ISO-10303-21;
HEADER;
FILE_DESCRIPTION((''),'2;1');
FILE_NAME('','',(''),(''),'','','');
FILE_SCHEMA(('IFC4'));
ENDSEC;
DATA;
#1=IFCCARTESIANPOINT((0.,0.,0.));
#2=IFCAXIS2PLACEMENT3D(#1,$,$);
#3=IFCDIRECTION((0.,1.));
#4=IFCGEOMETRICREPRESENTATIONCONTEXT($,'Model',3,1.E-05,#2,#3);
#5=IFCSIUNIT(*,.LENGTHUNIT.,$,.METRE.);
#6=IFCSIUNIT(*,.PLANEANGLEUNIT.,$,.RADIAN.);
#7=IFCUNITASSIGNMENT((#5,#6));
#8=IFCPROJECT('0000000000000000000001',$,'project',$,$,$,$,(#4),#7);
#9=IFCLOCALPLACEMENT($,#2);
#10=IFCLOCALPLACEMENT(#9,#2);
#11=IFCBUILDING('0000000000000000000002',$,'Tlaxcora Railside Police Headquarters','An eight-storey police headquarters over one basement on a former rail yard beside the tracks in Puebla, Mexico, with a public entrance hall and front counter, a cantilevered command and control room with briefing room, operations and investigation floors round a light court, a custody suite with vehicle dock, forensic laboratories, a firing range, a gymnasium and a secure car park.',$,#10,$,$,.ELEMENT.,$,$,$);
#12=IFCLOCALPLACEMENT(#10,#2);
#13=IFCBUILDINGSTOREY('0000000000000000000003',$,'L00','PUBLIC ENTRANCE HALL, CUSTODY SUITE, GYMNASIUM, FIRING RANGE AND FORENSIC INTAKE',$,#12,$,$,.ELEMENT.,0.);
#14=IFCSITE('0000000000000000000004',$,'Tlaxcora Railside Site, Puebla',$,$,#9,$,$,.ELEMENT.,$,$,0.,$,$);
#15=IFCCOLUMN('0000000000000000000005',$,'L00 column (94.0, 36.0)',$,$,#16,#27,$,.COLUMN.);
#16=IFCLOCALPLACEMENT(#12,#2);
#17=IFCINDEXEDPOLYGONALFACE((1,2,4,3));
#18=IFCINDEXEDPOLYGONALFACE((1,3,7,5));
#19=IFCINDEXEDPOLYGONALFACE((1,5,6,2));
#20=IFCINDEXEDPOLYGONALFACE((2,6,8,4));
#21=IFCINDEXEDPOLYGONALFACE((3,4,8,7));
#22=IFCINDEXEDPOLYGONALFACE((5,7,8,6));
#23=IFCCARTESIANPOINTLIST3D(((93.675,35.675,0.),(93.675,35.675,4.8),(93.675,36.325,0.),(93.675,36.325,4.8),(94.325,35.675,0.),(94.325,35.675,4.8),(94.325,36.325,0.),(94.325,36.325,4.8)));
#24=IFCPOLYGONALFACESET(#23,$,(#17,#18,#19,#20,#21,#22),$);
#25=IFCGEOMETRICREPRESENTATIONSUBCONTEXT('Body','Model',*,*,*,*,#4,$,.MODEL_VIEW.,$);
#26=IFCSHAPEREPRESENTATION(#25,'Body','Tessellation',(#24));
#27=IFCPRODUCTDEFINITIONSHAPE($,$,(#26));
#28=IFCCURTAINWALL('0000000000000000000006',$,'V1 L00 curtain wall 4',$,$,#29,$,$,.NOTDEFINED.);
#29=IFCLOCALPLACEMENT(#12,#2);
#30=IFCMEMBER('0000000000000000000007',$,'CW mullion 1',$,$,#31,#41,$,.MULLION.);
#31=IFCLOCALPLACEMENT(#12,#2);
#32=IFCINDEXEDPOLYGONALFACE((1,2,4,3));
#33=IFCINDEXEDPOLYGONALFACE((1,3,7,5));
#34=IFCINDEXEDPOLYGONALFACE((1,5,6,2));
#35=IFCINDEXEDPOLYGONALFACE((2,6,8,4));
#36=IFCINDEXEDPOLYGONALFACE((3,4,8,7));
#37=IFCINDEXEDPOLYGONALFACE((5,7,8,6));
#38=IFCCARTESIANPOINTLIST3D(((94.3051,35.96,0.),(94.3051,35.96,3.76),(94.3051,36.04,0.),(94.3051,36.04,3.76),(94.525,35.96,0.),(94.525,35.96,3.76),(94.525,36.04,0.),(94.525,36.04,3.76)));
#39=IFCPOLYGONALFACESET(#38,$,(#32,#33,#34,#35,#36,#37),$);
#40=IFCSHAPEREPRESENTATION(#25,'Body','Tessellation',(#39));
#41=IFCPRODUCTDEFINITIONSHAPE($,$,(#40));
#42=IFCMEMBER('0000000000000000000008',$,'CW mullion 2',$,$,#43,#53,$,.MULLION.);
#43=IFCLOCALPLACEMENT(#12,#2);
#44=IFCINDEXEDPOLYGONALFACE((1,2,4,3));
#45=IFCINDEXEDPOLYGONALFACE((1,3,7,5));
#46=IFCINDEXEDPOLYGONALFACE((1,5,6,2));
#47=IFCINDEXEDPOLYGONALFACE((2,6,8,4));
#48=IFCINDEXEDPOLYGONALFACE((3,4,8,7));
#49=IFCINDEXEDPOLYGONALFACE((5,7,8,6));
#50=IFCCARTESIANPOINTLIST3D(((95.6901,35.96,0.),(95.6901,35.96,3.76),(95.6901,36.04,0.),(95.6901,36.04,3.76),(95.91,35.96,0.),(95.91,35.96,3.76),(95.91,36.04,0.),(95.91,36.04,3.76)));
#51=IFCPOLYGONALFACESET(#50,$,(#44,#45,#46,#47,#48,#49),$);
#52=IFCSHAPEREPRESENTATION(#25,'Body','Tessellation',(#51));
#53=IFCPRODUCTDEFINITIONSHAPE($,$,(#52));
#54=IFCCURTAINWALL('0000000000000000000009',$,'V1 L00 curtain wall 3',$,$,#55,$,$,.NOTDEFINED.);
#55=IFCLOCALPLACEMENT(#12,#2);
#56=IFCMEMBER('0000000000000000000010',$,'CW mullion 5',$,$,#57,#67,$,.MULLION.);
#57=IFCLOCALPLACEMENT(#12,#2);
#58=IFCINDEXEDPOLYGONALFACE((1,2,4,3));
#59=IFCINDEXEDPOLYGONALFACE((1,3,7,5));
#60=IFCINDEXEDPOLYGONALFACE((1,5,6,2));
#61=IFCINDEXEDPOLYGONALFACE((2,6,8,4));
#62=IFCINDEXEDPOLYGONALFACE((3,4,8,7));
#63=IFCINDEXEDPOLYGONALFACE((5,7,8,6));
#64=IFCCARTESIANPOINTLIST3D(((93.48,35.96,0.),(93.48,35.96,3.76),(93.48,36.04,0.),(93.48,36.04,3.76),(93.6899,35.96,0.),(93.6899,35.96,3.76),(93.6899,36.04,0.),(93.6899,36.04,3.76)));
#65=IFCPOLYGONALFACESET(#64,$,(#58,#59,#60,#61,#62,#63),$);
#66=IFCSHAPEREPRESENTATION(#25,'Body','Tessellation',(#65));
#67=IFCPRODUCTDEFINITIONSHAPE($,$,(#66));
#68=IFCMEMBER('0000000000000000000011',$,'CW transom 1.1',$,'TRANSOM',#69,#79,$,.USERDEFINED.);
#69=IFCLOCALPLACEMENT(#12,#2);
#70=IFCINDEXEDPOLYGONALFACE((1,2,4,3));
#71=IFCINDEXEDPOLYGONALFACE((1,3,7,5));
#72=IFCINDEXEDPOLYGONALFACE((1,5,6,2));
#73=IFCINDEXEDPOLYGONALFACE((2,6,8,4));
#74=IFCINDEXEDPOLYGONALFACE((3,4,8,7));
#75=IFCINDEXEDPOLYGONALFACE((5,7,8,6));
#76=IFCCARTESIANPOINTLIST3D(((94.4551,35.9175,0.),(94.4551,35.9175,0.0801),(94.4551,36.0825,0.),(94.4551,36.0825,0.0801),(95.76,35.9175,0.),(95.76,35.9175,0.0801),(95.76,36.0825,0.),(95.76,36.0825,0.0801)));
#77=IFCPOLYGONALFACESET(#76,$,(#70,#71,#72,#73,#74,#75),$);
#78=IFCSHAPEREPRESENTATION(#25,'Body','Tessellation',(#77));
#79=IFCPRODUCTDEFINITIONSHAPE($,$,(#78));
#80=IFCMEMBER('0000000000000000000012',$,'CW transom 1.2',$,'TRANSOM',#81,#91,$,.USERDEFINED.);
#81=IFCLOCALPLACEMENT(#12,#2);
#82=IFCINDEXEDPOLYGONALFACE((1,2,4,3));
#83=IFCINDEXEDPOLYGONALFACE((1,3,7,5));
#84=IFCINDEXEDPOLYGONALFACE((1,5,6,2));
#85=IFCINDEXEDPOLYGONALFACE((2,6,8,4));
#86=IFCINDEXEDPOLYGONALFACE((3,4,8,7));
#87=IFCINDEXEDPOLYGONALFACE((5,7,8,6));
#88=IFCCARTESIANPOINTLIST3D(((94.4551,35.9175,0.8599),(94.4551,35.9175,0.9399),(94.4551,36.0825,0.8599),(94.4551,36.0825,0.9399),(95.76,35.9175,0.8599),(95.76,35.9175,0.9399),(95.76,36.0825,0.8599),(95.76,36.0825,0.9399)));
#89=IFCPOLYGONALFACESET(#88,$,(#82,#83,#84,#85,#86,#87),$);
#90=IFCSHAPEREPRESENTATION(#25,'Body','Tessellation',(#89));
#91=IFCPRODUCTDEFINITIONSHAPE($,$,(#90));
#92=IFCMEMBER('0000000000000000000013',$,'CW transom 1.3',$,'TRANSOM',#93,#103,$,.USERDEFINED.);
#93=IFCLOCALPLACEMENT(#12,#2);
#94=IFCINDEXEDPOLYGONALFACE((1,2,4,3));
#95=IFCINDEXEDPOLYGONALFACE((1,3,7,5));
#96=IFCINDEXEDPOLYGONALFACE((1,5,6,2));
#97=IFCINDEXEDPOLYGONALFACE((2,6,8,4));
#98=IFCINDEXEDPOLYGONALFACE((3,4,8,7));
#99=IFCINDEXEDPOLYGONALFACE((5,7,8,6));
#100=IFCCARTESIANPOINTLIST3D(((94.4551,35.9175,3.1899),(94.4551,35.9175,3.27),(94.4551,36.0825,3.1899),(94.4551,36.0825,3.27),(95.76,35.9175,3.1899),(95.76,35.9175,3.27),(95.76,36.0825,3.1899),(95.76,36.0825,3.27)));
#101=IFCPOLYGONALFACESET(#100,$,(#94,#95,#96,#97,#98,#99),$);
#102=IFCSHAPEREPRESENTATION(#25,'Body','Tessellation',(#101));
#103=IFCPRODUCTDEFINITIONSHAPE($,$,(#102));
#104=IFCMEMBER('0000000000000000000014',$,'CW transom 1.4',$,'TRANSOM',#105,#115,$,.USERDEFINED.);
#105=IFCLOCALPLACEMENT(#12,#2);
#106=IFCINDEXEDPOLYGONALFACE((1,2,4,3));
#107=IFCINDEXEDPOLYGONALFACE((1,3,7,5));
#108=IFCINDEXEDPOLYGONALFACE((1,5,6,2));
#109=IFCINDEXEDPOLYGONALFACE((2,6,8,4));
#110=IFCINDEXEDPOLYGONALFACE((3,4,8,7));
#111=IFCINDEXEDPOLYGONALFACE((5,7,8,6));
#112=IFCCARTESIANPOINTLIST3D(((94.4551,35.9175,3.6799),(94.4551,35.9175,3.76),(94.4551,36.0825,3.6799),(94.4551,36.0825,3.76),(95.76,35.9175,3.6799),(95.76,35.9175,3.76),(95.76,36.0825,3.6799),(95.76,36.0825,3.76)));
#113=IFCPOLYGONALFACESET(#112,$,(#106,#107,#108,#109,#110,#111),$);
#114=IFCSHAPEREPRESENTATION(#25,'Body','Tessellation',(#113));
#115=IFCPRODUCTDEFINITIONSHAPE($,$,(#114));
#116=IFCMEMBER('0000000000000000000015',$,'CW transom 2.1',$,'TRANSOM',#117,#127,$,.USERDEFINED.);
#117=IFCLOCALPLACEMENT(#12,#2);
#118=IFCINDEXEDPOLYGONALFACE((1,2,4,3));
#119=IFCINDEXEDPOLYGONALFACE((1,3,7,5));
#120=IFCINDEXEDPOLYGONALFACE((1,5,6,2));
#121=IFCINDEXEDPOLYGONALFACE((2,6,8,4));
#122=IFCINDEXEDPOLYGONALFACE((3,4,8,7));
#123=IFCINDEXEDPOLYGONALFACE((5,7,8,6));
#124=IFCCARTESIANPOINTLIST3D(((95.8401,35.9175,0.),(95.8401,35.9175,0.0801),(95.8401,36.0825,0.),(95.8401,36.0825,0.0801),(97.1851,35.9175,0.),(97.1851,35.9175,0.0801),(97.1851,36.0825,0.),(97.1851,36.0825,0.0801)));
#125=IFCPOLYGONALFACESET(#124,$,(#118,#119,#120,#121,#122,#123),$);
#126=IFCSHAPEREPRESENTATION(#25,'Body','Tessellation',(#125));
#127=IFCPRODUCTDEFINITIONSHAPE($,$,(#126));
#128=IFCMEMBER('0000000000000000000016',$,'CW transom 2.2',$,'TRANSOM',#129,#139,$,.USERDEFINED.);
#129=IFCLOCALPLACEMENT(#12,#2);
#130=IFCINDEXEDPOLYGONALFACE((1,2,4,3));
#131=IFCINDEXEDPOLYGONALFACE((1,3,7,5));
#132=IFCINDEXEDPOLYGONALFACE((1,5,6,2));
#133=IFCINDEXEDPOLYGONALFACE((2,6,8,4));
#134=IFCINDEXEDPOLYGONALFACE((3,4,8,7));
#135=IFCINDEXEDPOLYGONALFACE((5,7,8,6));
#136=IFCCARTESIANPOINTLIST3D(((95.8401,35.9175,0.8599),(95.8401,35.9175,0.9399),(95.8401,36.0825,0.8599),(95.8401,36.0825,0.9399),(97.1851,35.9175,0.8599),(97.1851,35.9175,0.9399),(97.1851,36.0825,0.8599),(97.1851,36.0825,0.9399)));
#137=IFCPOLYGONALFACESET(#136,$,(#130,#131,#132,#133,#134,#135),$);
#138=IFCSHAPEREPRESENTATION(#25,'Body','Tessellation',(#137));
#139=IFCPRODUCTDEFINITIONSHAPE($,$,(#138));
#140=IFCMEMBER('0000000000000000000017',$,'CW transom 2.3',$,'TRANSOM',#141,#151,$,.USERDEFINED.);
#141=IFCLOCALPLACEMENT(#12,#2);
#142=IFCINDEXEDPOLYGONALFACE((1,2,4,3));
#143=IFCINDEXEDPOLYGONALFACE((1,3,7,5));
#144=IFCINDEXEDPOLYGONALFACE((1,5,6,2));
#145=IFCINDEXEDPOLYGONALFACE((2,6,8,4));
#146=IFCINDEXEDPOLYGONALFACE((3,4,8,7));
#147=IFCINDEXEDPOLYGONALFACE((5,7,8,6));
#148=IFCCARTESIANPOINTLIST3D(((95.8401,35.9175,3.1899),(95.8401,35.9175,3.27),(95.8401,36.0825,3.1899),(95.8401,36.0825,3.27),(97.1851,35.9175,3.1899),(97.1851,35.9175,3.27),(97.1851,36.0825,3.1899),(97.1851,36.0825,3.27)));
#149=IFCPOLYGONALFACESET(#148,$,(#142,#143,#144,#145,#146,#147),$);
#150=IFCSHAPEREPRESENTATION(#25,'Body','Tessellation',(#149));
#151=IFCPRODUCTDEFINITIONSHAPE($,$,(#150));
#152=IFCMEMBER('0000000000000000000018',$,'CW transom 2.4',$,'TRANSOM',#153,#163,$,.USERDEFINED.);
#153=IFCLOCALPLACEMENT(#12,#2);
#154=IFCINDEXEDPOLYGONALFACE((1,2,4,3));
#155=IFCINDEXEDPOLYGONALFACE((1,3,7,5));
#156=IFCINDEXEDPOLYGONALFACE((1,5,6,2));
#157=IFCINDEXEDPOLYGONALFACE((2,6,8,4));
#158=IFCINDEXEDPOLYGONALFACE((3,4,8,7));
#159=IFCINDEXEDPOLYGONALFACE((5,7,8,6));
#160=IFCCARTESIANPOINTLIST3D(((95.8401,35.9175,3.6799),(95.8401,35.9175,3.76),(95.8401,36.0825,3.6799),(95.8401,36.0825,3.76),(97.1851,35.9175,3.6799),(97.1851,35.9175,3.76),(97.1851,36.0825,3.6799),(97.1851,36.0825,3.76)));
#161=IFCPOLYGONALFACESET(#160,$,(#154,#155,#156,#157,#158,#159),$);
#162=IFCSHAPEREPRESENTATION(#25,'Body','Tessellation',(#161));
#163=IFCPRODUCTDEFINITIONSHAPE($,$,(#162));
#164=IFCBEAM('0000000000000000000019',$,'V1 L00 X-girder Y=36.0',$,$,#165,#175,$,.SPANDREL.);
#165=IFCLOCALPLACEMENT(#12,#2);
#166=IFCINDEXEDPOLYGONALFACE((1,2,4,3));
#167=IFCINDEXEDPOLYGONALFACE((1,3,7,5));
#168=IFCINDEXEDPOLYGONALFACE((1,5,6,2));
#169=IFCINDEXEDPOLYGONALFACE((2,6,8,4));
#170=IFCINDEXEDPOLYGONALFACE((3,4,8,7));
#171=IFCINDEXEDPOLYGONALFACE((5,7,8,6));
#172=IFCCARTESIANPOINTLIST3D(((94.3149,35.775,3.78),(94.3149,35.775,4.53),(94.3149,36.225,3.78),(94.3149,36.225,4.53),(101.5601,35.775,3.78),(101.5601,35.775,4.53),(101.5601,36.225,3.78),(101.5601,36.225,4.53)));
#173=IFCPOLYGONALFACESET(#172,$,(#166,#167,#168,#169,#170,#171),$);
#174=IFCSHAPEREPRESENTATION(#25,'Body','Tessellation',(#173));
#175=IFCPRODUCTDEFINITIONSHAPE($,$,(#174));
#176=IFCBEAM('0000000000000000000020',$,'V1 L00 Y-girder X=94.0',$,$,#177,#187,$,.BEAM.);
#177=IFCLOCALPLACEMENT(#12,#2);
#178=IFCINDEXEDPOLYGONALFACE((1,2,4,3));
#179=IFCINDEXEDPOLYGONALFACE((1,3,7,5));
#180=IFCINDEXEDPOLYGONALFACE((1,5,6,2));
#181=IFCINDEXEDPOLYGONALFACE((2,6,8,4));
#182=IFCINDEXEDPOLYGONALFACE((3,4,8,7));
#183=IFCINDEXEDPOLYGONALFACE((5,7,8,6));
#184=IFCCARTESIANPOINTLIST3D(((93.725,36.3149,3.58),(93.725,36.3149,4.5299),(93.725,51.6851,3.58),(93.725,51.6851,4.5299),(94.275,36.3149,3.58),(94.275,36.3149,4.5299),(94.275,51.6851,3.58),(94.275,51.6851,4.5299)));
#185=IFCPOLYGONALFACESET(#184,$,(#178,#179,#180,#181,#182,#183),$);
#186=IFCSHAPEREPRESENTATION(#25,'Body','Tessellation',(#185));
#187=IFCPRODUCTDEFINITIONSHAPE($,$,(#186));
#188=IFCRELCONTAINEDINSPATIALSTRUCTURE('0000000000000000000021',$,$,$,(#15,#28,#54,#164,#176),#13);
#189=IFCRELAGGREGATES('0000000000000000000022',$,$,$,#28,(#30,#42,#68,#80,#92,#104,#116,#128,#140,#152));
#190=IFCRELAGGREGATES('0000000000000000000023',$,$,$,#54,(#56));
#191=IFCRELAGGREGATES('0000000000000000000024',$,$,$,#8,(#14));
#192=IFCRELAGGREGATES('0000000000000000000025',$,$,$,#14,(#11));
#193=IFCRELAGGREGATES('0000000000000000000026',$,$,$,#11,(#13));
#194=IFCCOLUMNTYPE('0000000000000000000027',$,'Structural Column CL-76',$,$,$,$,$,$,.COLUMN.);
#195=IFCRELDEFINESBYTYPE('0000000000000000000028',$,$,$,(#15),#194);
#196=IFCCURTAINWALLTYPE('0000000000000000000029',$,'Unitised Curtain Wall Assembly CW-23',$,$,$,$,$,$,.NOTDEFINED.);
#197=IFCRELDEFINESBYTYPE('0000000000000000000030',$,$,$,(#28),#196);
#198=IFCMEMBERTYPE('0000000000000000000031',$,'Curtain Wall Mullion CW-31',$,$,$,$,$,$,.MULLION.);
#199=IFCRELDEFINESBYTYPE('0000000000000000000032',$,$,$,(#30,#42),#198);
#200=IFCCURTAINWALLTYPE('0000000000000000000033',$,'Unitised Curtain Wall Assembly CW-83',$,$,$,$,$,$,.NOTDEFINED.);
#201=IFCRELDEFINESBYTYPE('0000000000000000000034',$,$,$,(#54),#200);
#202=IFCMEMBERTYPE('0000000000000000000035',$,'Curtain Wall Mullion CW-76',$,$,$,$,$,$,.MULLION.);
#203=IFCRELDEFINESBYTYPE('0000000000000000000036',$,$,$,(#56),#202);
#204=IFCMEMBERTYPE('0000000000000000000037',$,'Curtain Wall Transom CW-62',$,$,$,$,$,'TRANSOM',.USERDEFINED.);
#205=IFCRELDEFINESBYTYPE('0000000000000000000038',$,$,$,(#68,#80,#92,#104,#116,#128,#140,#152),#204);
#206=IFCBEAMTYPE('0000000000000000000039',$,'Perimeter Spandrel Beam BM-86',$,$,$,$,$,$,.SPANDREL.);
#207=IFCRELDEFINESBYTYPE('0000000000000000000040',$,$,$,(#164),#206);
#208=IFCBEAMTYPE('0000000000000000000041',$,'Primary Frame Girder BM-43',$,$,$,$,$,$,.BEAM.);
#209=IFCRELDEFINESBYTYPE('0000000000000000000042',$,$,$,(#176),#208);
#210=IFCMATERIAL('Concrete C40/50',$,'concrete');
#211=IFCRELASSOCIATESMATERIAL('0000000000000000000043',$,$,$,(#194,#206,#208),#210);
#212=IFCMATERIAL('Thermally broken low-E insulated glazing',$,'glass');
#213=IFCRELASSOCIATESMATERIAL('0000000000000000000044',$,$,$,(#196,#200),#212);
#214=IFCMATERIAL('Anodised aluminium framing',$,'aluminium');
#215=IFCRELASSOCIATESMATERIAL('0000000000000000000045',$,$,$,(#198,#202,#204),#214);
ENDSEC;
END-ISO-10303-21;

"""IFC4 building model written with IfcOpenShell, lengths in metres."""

from ifc_helpers import new_model, si_unit, direction, frame, origin, origin_2d, place, context, subcontext, project, spatial, rectangle, extrude, material, material_profile, profile_set, type_object, element, aggregate, save


model = new_model("IFC4")

# Units and contexts
model_context = context("Model", 3, precision=1e-05, world=origin(), true_north=direction((0.0, 1.0)))
body_context = subcontext(model_context, "Body", "Model", "MODEL_VIEW")
ifc_project = project(units=[si_unit("LENGTHUNIT", "METRE"), si_unit("PLANEANGLEUNIT", "RADIAN")], contexts=[model_context])

# Site, building, storey
site_placement = place(None, origin())
site = spatial("IfcSite", under=ifc_project, at=site_placement, Name="Tlaxcora Railside Site, Puebla", CompositionType="ELEMENT", RefElevation=0.0)
building_placement = place(site_placement, origin())
building = spatial("IfcBuilding", under=site, at=building_placement, Name="Tlaxcora Railside Police Headquarters", Description="An eight-storey police headquarters over one basement on a former rail yard beside the tracks in Puebla, Mexico, with a public entrance hall and front counter, a cantilevered command and control room with briefing room, operations and investigation floors round a light court, a custody suite with vehicle dock, forensic laboratories, a firing range, a gymnasium and a secure car park.", CompositionType="ELEMENT")
storey_placement = place(building_placement, origin())
storey = spatial("IfcBuildingStorey", under=building, at=storey_placement, Name="L00", Description="PUBLIC ENTRANCE HALL, CUSTODY SUITE, GYMNASIUM, FIRING RANGE AND FORENSIC INTAKE", CompositionType="ELEMENT", Elevation=0.0)

# Column
ifc_material_1 = material(Name="Concrete C40/50", Category="concrete")
ifc_material_profile_1 = material_profile(ifc_material_1, rectangle(XDim=0.6499, YDim=0.6499, at=origin_2d()), Name="RC650X650")
ifc_profile_set_1 = profile_set([ifc_material_profile_1], Name="Concrete C40/50")
column_type = type_object("IfcColumnType", Name="Structural Column CL-76", PredefinedType="COLUMN", material=ifc_profile_set_1)
column_placement = place(storey_placement, frame((94.0, 36.0, 0.0), z_axis=(0.0, 0.0, 1.0), x_axis=(1.0, 0.0, 0.0)))
element("IfcColumn", 1, at=column_placement, inside=storey, type_object=column_type, Name="L00 column (94.0, 36.0)", PredefinedType="COLUMN", context=body_context, shape_type="SweptSolid", body=[
    extrude(rectangle(XDim=0.6499, YDim=0.6499, at=origin_2d()), origin(), (0.0, 0.0, 1.0), 4.8),
])

# Curtain wall, members
ifc_material_2 = material(Name="Thermally broken low-E insulated glazing", Category="glass")
curtain_wall_type_1 = type_object("IfcCurtainWallType", Name="Unitised Curtain Wall Assembly CW-23", PredefinedType="NOTDEFINED", material=ifc_material_2)
curtain_wall_1_placement = place(storey_placement, origin())
curtain_wall_1 = element("IfcCurtainWall", 2, at=curtain_wall_1_placement, inside=storey, type_object=curtain_wall_type_1, Name="V1 L00 curtain wall 4", PredefinedType="NOTDEFINED")
ifc_material_3 = material(Name="Anodised aluminium framing", Category="aluminium")
ifc_material_profile_2 = material_profile(ifc_material_3, rectangle(XDim=0.0801, YDim=0.22, at=origin_2d()), Name="AL80X220")
ifc_profile_set_2 = profile_set([ifc_material_profile_2], Name="Anodised aluminium framing")
member_type_1 = type_object("IfcMemberType", Name="Curtain Wall Mullion CW-31", PredefinedType="MULLION", material=ifc_profile_set_2)
member_1_placement = place(storey_placement, frame((94.415, 36.0, 0.0), z_axis=(0.0, 0.0, 1.0), x_axis=(0.0, 1.0, 0.0)))
member_1 = element("IfcMember", 3, at=member_1_placement, type_object=member_type_1, Name="CW mullion 1", PredefinedType="MULLION", context=body_context, shape_type="SweptSolid", body=[
    extrude(rectangle(XDim=0.0801, YDim=0.22, at=origin_2d()), origin(), (0.0, 0.0, 1.0), 3.76),
])
member_2_placement = place(storey_placement, frame((95.8, 36.0, 0.0), z_axis=(0.0, 0.0, 1.0), x_axis=(0.0, 1.0, 0.0)))
member_2 = element("IfcMember", 4, at=member_2_placement, type_object=member_type_1, Name="CW mullion 2", PredefinedType="MULLION", context=body_context, shape_type="SweptSolid", body=[
    extrude(rectangle(XDim=0.0801, YDim=0.22, at=origin_2d()), origin(), (0.0, 0.0, 1.0), 3.76),
])

# Curtain wall, member
curtain_wall_type_2 = type_object("IfcCurtainWallType", Name="Unitised Curtain Wall Assembly CW-83", PredefinedType="NOTDEFINED", material=ifc_material_2)
curtain_wall_2_placement = place(storey_placement, origin())
curtain_wall_2 = element("IfcCurtainWall", 5, at=curtain_wall_2_placement, inside=storey, type_object=curtain_wall_type_2, Name="V1 L00 curtain wall 3", PredefinedType="NOTDEFINED")
ifc_material_profile_3 = material_profile(ifc_material_3, rectangle(XDim=0.0801, YDim=0.21, at=origin_2d()), Name="AL80X210")
ifc_profile_set_3 = profile_set([ifc_material_profile_3], Name="Anodised aluminium framing")
member_type_2 = type_object("IfcMemberType", Name="Curtain Wall Mullion CW-76", PredefinedType="MULLION", material=ifc_profile_set_3)
member_3_placement = place(storey_placement, frame((93.585, 36.0, 0.0), z_axis=(0.0, 0.0, 1.0), x_axis=(0.0, 1.0, 0.0)))
member_3 = element("IfcMember", 6, at=member_3_placement, type_object=member_type_2, Name="CW mullion 5", PredefinedType="MULLION", context=body_context, shape_type="SweptSolid", body=[
    extrude(rectangle(XDim=0.0801, YDim=0.21, at=origin_2d()), origin(), (0.0, 0.0, 1.0), 3.76),
])

# Members
ifc_material_profile_4 = material_profile(ifc_material_3, rectangle(XDim=0.165, YDim=0.0801, at=origin_2d()), Name="AL80X165")
ifc_profile_set_4 = profile_set([ifc_material_profile_4], Name="Anodised aluminium framing")
member_type_3 = type_object("IfcMemberType", Name="Curtain Wall Transom CW-62", ElementType="TRANSOM", PredefinedType="USERDEFINED", material=ifc_profile_set_4)
member_4_placement = place(storey_placement, frame((94.4551, 36.0, 0.04), z_axis=(1.0, 0.0, 0.0), x_axis=(0.0, 1.0, 0.0)))
member_4 = element("IfcMember", 7, at=member_4_placement, type_object=member_type_3, Name="CW transom 1.1", ObjectType="TRANSOM", PredefinedType="USERDEFINED", context=body_context, shape_type="SweptSolid", body=[
    extrude(rectangle(XDim=0.165, YDim=0.0801, at=origin_2d()), origin(), (0.0, 0.0, 1.0), 1.3049),
])
member_5_placement = place(storey_placement, frame((94.4551, 36.0, 0.8999), z_axis=(1.0, 0.0, 0.0), x_axis=(0.0, 1.0, 0.0)))
member_5 = element("IfcMember", 8, at=member_5_placement, type_object=member_type_3, Name="CW transom 1.2", ObjectType="TRANSOM", PredefinedType="USERDEFINED", context=body_context, shape_type="SweptSolid", body=[
    extrude(rectangle(XDim=0.165, YDim=0.0801, at=origin_2d()), origin(), (0.0, 0.0, 1.0), 1.3049),
])
member_6_placement = place(storey_placement, frame((94.4551, 36.0, 3.23), z_axis=(1.0, 0.0, 0.0), x_axis=(0.0, 1.0, 0.0)))
member_6 = element("IfcMember", 9, at=member_6_placement, type_object=member_type_3, Name="CW transom 1.3", ObjectType="TRANSOM", PredefinedType="USERDEFINED", context=body_context, shape_type="SweptSolid", body=[
    extrude(rectangle(XDim=0.165, YDim=0.0801, at=origin_2d()), origin(), (0.0, 0.0, 1.0), 1.3049),
])
member_7_placement = place(storey_placement, frame((94.4551, 36.0, 3.72), z_axis=(1.0, 0.0, 0.0), x_axis=(0.0, 1.0, 0.0)))
member_7 = element("IfcMember", 10, at=member_7_placement, type_object=member_type_3, Name="CW transom 1.4", ObjectType="TRANSOM", PredefinedType="USERDEFINED", context=body_context, shape_type="SweptSolid", body=[
    extrude(rectangle(XDim=0.165, YDim=0.0801, at=origin_2d()), origin(), (0.0, 0.0, 1.0), 1.3049),
])
member_8_placement = place(storey_placement, frame((95.8401, 36.0, 0.04), z_axis=(1.0, 0.0, 0.0), x_axis=(0.0, 1.0, 0.0)))
member_8 = element("IfcMember", 11, at=member_8_placement, type_object=member_type_3, Name="CW transom 2.1", ObjectType="TRANSOM", PredefinedType="USERDEFINED", context=body_context, shape_type="SweptSolid", body=[
    extrude(rectangle(XDim=0.165, YDim=0.0801, at=origin_2d()), origin(), (0.0, 0.0, 1.0), 1.345),
])
member_9_placement = place(storey_placement, frame((95.8401, 36.0, 0.8999), z_axis=(1.0, 0.0, 0.0), x_axis=(0.0, 1.0, 0.0)))
member_9 = element("IfcMember", 12, at=member_9_placement, type_object=member_type_3, Name="CW transom 2.2", ObjectType="TRANSOM", PredefinedType="USERDEFINED", context=body_context, shape_type="SweptSolid", body=[
    extrude(rectangle(XDim=0.165, YDim=0.0801, at=origin_2d()), origin(), (0.0, 0.0, 1.0), 1.345),
])
member_10_placement = place(storey_placement, frame((95.8401, 36.0, 3.23), z_axis=(1.0, 0.0, 0.0), x_axis=(0.0, 1.0, 0.0)))
member_10 = element("IfcMember", 13, at=member_10_placement, type_object=member_type_3, Name="CW transom 2.3", ObjectType="TRANSOM", PredefinedType="USERDEFINED", context=body_context, shape_type="SweptSolid", body=[
    extrude(rectangle(XDim=0.165, YDim=0.0801, at=origin_2d()), origin(), (0.0, 0.0, 1.0), 1.345),
])
member_11_placement = place(storey_placement, frame((95.8401, 36.0, 3.72), z_axis=(1.0, 0.0, 0.0), x_axis=(0.0, 1.0, 0.0)))
member_11 = element("IfcMember", 14, at=member_11_placement, type_object=member_type_3, Name="CW transom 2.4", ObjectType="TRANSOM", PredefinedType="USERDEFINED", context=body_context, shape_type="SweptSolid", body=[
    extrude(rectangle(XDim=0.165, YDim=0.0801, at=origin_2d()), origin(), (0.0, 0.0, 1.0), 1.345),
])

# Beams
ifc_material_profile_5 = material_profile(ifc_material_1, rectangle(XDim=0.45, YDim=0.75, at=origin_2d()), Name="RC450X750")
ifc_profile_set_5 = profile_set([ifc_material_profile_5], Name="Concrete C40/50")
beam_type_1 = type_object("IfcBeamType", Name="Perimeter Spandrel Beam BM-86", PredefinedType="SPANDREL", material=ifc_profile_set_5)
beam_1_placement = place(storey_placement, frame((94.3149, 36.0, 4.155), z_axis=(1.0, 0.0, 0.0), x_axis=(0.0, 1.0, 0.0)))
element("IfcBeam", 15, at=beam_1_placement, inside=storey, type_object=beam_type_1, Name="V1 L00 X-girder Y=36.0", PredefinedType="SPANDREL", context=body_context, shape_type="SweptSolid", body=[
    extrude(rectangle(XDim=0.45, YDim=0.75, at=origin_2d()), origin(), (0.0, 0.0, 1.0), 7.2451),
])
ifc_material_profile_6 = material_profile(ifc_material_1, rectangle(XDim=0.55, YDim=0.95, at=origin_2d()), Name="RC550X950")
ifc_profile_set_6 = profile_set([ifc_material_profile_6], Name="Concrete C40/50")
beam_type_2 = type_object("IfcBeamType", Name="Primary Frame Girder BM-43", PredefinedType="BEAM", material=ifc_profile_set_6)
beam_2_placement = place(storey_placement, frame((94.0, 36.3149, 4.0549), z_axis=(0.0, 1.0, 0.0), x_axis=(-1.0, 0.0, 0.0)))
element("IfcBeam", 16, at=beam_2_placement, inside=storey, type_object=beam_type_2, Name="V1 L00 Y-girder X=94.0", PredefinedType="BEAM", context=body_context, shape_type="SweptSolid", body=[
    extrude(rectangle(XDim=0.55, YDim=0.95, at=origin_2d()), origin(), (0.0, 0.0, 1.0), 15.3701),
])

aggregate(curtain_wall_1, [member_1, member_2, member_4, member_5, member_6, member_7, member_8, member_9, member_10, member_11])
aggregate(curtain_wall_2, [member_3])

save(model, "model.ifc")
